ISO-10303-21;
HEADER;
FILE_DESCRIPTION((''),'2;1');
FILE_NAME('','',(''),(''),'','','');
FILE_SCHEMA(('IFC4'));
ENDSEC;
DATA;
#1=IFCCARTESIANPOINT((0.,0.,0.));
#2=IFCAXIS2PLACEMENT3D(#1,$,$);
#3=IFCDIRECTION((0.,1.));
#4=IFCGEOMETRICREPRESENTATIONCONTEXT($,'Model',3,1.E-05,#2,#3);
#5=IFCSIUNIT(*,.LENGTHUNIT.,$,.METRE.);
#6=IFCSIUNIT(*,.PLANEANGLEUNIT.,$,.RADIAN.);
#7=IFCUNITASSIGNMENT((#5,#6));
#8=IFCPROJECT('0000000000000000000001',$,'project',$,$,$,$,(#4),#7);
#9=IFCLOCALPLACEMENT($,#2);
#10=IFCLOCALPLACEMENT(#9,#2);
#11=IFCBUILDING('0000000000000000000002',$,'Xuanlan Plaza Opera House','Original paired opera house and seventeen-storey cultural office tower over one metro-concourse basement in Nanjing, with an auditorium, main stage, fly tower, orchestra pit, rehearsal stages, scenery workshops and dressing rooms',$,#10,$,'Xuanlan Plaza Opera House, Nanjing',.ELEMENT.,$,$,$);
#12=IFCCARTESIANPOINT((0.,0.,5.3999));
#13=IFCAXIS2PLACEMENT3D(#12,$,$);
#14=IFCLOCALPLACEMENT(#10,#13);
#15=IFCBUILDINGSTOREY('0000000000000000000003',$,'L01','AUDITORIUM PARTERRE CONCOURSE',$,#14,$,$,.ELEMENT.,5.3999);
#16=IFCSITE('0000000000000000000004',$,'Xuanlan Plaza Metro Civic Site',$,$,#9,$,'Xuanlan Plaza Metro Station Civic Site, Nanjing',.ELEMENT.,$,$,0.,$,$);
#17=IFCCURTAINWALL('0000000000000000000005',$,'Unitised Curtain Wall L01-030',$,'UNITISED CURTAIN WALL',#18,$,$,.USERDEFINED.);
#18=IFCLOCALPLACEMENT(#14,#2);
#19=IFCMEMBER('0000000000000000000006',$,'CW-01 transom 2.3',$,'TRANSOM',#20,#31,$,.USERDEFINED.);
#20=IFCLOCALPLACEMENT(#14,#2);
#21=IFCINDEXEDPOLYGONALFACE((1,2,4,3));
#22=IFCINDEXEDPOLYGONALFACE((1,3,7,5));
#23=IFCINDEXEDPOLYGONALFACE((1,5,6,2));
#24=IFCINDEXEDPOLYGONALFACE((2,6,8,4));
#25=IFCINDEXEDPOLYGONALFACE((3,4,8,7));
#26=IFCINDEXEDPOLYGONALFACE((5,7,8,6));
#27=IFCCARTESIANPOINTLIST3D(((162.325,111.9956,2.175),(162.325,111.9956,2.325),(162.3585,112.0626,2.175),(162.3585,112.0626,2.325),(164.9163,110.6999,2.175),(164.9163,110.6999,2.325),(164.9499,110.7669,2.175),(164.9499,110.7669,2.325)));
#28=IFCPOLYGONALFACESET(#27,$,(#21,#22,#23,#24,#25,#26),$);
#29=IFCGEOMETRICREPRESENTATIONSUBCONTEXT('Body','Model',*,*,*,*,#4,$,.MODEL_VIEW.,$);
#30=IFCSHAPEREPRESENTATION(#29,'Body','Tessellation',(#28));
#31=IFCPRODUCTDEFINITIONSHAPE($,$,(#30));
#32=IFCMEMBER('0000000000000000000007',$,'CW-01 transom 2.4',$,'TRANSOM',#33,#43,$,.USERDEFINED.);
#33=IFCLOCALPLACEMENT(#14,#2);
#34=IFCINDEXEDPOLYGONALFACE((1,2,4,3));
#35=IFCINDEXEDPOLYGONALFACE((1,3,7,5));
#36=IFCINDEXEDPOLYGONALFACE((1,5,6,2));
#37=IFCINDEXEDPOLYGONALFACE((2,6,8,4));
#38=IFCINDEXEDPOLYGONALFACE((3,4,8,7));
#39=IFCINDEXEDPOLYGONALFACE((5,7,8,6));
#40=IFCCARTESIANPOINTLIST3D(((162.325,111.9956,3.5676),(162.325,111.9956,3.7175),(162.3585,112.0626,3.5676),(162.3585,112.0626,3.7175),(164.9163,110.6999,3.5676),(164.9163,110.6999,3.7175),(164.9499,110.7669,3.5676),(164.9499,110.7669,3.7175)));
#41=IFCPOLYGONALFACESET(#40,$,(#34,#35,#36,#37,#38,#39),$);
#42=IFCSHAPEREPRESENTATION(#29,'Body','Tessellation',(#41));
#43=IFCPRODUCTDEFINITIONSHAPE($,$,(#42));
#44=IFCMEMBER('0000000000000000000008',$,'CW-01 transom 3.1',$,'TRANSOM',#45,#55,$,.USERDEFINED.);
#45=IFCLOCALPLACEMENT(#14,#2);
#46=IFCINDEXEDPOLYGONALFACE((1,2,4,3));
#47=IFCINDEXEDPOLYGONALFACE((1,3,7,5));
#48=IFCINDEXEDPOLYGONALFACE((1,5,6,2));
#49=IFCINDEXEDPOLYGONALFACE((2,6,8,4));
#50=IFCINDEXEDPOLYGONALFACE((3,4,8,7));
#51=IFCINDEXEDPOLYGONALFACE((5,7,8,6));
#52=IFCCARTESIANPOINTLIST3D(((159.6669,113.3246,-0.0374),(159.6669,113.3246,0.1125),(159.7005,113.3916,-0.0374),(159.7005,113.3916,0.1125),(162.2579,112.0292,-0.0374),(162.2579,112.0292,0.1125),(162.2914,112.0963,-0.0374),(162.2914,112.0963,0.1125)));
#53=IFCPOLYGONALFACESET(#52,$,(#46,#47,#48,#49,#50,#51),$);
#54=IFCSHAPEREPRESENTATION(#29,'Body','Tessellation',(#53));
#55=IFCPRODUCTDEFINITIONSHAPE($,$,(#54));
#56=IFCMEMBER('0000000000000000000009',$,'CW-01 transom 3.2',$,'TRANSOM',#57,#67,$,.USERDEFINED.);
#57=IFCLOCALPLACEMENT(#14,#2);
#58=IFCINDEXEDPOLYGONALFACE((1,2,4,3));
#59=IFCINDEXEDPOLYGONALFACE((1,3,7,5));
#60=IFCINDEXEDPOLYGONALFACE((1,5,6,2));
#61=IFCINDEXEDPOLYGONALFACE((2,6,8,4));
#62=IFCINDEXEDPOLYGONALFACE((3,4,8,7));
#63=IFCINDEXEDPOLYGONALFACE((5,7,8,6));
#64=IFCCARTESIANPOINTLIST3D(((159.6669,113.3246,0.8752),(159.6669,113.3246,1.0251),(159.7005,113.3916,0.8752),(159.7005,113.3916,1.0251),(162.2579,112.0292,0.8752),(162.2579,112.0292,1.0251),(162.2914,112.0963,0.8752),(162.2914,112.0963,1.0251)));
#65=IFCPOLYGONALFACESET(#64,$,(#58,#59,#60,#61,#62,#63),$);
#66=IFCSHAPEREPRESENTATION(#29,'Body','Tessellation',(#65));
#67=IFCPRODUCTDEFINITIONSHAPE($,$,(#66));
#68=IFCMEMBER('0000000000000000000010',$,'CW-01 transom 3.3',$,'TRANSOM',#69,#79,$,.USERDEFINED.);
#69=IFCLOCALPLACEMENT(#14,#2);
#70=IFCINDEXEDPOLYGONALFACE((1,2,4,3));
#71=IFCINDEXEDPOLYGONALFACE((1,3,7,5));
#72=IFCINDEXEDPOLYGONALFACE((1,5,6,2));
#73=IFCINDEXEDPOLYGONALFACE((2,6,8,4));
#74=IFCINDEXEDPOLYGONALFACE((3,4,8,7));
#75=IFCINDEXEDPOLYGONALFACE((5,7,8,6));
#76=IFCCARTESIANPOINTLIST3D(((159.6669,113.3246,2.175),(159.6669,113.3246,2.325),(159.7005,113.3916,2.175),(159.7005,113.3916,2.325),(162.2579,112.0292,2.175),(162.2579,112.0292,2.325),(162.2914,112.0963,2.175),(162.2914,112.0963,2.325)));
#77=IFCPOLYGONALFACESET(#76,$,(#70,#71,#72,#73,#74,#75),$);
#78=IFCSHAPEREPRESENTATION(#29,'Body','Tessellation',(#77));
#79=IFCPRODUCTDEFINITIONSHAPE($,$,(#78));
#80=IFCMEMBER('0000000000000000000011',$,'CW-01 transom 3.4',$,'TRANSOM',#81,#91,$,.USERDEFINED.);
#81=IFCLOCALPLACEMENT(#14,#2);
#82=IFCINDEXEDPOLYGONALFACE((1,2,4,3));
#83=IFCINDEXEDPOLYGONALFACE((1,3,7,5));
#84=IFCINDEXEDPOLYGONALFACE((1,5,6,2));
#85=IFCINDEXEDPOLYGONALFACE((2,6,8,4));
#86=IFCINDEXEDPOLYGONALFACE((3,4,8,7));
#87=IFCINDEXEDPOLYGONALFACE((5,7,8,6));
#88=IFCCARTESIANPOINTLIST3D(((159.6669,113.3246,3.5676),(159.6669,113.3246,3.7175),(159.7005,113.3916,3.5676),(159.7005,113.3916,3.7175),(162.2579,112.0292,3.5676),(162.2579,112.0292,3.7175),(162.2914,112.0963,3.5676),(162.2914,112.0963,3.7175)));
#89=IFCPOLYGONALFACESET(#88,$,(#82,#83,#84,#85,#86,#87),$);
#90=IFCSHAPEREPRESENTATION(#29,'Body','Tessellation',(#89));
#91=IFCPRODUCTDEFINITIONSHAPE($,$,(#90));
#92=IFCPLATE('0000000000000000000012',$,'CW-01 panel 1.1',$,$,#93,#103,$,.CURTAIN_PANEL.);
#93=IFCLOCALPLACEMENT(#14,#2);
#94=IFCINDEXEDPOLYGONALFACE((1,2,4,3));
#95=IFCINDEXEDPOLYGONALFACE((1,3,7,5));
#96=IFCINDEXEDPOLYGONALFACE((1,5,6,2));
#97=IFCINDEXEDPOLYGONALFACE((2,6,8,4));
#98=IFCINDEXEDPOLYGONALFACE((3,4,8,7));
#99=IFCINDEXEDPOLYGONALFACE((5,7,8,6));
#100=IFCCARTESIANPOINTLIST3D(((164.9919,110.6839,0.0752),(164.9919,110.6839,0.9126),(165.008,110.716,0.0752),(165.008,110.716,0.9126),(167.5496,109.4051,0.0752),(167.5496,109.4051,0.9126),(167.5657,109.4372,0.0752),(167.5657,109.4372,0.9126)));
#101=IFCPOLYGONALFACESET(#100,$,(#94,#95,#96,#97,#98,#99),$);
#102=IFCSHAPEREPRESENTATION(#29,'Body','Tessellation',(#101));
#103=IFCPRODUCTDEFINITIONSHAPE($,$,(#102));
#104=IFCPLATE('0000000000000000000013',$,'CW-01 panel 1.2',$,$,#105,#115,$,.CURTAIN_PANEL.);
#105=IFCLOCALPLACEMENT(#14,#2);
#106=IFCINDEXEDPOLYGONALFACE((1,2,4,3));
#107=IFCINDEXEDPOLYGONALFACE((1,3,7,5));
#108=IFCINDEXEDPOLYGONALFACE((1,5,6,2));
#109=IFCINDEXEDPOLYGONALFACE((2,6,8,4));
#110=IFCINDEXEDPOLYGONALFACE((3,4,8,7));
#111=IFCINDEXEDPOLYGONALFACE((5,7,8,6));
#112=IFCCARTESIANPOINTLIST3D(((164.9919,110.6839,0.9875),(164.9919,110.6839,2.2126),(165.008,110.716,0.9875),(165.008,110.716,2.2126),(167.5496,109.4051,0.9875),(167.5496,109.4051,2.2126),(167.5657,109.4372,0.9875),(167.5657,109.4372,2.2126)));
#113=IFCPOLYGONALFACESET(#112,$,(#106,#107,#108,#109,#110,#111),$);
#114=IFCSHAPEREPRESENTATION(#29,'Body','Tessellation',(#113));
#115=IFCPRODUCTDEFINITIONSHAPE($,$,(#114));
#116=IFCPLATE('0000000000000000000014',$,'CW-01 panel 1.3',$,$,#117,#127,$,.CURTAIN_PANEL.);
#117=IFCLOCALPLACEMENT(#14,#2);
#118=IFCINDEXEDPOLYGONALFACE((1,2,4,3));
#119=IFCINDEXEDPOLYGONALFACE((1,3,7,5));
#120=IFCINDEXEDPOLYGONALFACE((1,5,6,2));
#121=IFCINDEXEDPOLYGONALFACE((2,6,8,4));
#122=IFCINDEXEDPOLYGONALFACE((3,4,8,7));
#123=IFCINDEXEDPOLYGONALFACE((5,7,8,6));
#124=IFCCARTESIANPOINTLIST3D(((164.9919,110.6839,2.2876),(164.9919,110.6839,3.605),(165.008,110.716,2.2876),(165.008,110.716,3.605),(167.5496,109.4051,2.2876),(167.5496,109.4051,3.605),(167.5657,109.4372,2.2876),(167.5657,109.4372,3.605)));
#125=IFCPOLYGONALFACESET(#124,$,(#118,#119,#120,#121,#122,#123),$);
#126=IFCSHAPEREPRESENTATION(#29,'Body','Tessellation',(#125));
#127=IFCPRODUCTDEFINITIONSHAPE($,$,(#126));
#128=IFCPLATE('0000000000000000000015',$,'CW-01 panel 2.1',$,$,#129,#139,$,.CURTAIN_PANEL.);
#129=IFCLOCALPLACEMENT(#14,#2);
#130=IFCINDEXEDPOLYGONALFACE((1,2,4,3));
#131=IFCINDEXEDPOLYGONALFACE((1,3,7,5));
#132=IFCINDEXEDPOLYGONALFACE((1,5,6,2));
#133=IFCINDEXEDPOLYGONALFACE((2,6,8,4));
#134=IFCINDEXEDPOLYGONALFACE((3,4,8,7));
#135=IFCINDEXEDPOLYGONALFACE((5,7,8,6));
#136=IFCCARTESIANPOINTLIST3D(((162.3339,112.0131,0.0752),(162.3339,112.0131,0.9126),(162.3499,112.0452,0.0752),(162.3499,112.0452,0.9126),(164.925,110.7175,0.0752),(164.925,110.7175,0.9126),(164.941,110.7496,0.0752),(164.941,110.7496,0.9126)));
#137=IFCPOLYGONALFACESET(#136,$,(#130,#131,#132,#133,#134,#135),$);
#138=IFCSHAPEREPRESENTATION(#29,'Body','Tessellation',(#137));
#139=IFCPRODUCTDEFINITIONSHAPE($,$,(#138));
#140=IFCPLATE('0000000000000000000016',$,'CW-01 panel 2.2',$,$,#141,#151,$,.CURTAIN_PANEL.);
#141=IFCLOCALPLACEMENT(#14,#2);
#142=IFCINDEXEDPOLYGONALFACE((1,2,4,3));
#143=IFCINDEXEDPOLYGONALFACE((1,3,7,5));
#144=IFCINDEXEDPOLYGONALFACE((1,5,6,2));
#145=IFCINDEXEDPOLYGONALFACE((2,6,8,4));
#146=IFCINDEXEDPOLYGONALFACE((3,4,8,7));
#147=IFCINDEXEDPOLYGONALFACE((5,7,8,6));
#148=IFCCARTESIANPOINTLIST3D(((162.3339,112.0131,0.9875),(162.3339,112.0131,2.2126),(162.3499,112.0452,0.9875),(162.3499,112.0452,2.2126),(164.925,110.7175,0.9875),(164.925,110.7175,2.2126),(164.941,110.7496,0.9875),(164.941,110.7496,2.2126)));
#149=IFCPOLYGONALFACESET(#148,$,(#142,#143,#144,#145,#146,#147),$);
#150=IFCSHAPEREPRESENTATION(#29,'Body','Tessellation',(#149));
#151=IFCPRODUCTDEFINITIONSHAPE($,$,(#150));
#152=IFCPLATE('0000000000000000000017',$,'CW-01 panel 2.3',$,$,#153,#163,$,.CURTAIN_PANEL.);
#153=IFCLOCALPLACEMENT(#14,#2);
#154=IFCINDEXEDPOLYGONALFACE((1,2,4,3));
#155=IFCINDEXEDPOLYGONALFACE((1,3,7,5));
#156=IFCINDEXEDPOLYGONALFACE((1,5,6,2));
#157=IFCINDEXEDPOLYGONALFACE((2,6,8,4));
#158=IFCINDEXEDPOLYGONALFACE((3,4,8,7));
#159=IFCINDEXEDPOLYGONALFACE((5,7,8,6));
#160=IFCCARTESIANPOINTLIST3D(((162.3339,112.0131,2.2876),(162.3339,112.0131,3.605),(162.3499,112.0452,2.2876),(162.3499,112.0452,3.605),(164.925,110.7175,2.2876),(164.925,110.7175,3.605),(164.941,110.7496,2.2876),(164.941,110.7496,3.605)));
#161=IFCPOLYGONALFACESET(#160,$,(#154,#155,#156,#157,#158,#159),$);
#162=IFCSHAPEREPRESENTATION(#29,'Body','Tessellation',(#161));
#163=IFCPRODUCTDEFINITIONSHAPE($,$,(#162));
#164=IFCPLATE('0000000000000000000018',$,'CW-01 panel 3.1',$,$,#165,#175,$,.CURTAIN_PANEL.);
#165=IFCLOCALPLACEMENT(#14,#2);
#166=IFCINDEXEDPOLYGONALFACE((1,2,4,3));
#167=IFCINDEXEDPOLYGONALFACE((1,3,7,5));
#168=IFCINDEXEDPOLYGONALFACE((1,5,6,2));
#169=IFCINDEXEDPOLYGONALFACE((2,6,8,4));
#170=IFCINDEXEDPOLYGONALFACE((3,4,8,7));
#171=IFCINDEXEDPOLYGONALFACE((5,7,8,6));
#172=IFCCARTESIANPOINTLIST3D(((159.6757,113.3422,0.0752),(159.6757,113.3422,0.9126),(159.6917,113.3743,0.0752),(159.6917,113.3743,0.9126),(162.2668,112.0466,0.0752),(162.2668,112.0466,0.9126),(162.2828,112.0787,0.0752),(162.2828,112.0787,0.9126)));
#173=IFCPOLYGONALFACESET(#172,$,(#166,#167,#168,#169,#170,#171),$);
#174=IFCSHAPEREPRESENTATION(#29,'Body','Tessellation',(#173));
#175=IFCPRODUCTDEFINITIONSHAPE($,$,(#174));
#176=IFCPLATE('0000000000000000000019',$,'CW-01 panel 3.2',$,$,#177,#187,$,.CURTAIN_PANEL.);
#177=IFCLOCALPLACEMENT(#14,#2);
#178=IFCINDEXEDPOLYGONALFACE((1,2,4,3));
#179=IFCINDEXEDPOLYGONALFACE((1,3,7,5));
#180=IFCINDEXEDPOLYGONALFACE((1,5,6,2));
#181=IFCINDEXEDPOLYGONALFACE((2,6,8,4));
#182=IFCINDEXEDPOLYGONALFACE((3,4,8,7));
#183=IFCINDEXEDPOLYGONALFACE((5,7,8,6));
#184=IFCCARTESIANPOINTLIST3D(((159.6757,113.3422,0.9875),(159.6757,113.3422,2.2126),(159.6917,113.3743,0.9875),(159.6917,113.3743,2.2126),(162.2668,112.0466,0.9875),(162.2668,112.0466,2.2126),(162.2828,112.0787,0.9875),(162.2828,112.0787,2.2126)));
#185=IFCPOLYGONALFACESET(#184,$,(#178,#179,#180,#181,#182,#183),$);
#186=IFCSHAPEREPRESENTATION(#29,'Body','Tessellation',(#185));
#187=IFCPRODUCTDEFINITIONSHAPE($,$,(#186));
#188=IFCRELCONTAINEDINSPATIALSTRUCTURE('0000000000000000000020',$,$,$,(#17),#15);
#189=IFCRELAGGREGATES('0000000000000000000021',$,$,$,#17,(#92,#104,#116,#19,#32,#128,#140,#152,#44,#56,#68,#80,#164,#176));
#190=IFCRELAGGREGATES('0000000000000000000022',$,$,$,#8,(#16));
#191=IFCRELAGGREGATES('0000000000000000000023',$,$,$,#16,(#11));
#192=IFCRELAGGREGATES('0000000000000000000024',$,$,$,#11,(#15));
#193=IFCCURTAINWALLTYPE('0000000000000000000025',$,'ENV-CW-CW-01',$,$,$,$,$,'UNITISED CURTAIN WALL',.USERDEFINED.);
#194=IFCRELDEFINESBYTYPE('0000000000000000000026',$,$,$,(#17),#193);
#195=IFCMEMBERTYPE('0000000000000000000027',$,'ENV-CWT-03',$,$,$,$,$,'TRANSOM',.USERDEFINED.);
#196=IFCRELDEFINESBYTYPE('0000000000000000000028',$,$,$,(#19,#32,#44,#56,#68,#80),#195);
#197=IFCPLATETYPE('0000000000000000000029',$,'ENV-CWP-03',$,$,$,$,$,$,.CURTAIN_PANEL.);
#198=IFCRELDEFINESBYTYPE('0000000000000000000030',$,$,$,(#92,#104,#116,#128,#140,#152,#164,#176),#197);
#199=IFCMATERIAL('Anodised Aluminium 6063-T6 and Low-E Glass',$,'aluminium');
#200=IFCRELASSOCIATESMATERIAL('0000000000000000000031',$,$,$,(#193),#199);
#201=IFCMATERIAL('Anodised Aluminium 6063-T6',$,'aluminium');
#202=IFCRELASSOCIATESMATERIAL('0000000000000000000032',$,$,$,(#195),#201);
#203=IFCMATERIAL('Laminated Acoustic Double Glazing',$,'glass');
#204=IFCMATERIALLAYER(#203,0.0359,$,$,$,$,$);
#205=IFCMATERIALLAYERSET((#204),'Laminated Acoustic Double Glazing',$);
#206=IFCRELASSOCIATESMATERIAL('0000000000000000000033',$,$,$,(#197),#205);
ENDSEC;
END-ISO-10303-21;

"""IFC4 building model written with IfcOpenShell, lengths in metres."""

from ifc_helpers import new_model, si_unit, direction, frame, origin, origin_2d, place, context, subcontext, project, spatial, rectangle, extrude, material, layer, layer_set, material_profile, profile_set, type_object, element, aggregate, save


model = new_model("IFC4")

# Units and contexts
model_context = context("Model", 3, precision=1e-05, world=origin(), true_north=direction((0.0, 1.0)))
body_context = subcontext(model_context, "Body", "Model", "MODEL_VIEW")
ifc_project = project(units=[si_unit("LENGTHUNIT", "METRE"), si_unit("PLANEANGLEUNIT", "RADIAN")], contexts=[model_context])

# Site, building, storey
site_placement = place(None, origin())
site = spatial("IfcSite", under=ifc_project, at=site_placement, Name="Xuanlan Plaza Metro Civic Site", LongName="Xuanlan Plaza Metro Station Civic Site, Nanjing", CompositionType="ELEMENT", RefElevation=0.0)
building_placement = place(site_placement, origin())
building = spatial("IfcBuilding", under=site, at=building_placement, Name="Xuanlan Plaza Opera House", Description="Original paired opera house and seventeen-storey cultural office tower over one metro-concourse basement in Nanjing, with an auditorium, main stage, fly tower, orchestra pit, rehearsal stages, scenery workshops and dressing rooms", LongName="Xuanlan Plaza Opera House, Nanjing", CompositionType="ELEMENT")
storey_placement = place(building_placement, frame((0.0, 0.0, 5.3999)))
storey = spatial("IfcBuildingStorey", under=building, at=storey_placement, Name="L01", Description="AUDITORIUM PARTERRE CONCOURSE", CompositionType="ELEMENT", Elevation=5.3999)

# Shared definitions
ifc_material_1 = material(Name="Anodised Aluminium 6063-T6 and Low-E Glass", Category="aluminium")
ifc_material_2 = material(Name="Anodised Aluminium 6063-T6", Category="aluminium")

# Curtain wall
curtain_wall_type_1 = type_object("IfcCurtainWallType", Name="ENV-CW-CW-01", ElementType="UNITISED CURTAIN WALL", PredefinedType="USERDEFINED", material=ifc_material_1)
curtain_wall_1_placement = place(storey_placement, origin())
curtain_wall_1 = element("IfcCurtainWall", 1, at=curtain_wall_1_placement, inside=storey, type_object=curtain_wall_type_1, Name="Unitised Curtain Wall L01-030", ObjectType="UNITISED CURTAIN WALL", PredefinedType="USERDEFINED")

# Members
ifc_material_profile_1 = material_profile(ifc_material_2, rectangle(XDim=0.075, YDim=0.1499, at=origin_2d()), Name="ALU-T 75x150")
ifc_profile_set_1 = profile_set([ifc_material_profile_1], Name="Anodised Aluminium 6063-T6")
member_type_1 = type_object("IfcMemberType", Name="ENV-CWT-03", ElementType="TRANSOM", PredefinedType="USERDEFINED", material=ifc_profile_set_1)
member_1_placement = place(storey_placement, frame((164.9331, 110.7334, 2.25), z_axis=(-0.894427, 0.447214, 0.0), x_axis=(-0.447214, -0.894427, 0.0)))
member_1 = element("IfcMember", 2, at=member_1_placement, type_object=member_type_1, Name="CW-01 transom 2.3", ObjectType="TRANSOM", PredefinedType="USERDEFINED", context=body_context, shape_type="SweptSolid", body=[
    extrude(rectangle(XDim=0.075, YDim=0.1499, at=origin_2d()), origin(), (0.0, 0.0, 1.0), 2.8972),
])
member_2_placement = place(storey_placement, frame((164.9331, 110.7334, 3.6426), z_axis=(-0.894427, 0.447214, 0.0), x_axis=(-0.447214, -0.894427, 0.0)))
member_2 = element("IfcMember", 3, at=member_2_placement, type_object=member_type_1, Name="CW-01 transom 2.4", ObjectType="TRANSOM", PredefinedType="USERDEFINED", context=body_context, shape_type="SweptSolid", body=[
    extrude(rectangle(XDim=0.075, YDim=0.1499, at=origin_2d()), origin(), (0.0, 0.0, 1.0), 2.8972),
])
member_3_placement = place(storey_placement, frame((162.2747, 112.0627, 0.0376), z_axis=(-0.894444, 0.44718, 0.0), x_axis=(-0.44718, -0.894444, 0.0)))
member_3 = element("IfcMember", 4, at=member_3_placement, type_object=member_type_1, Name="CW-01 transom 3.1", ObjectType="TRANSOM", PredefinedType="USERDEFINED", context=body_context, shape_type="SweptSolid", body=[
    extrude(rectangle(XDim=0.075, YDim=0.1499, at=origin_2d()), origin(), (0.0, 0.0, 1.0), 2.8967),
])
member_4_placement = place(storey_placement, frame((162.2747, 112.0627, 0.9502), z_axis=(-0.894444, 0.44718, 0.0), x_axis=(-0.44718, -0.894444, 0.0)))
member_4 = element("IfcMember", 5, at=member_4_placement, type_object=member_type_1, Name="CW-01 transom 3.2", ObjectType="TRANSOM", PredefinedType="USERDEFINED", context=body_context, shape_type="SweptSolid", body=[
    extrude(rectangle(XDim=0.075, YDim=0.1499, at=origin_2d()), origin(), (0.0, 0.0, 1.0), 2.8967),
])
member_5_placement = place(storey_placement, frame((162.2747, 112.0627, 2.25), z_axis=(-0.894444, 0.44718, 0.0), x_axis=(-0.44718, -0.894444, 0.0)))
member_5 = element("IfcMember", 6, at=member_5_placement, type_object=member_type_1, Name="CW-01 transom 3.3", ObjectType="TRANSOM", PredefinedType="USERDEFINED", context=body_context, shape_type="SweptSolid", body=[
    extrude(rectangle(XDim=0.075, YDim=0.1499, at=origin_2d()), origin(), (0.0, 0.0, 1.0), 2.8967),
])
member_6_placement = place(storey_placement, frame((162.2747, 112.0627, 3.6426), z_axis=(-0.894444, 0.44718, 0.0), x_axis=(-0.44718, -0.894444, 0.0)))
member_6 = element("IfcMember", 7, at=member_6_placement, type_object=member_type_1, Name="CW-01 transom 3.4", ObjectType="TRANSOM", PredefinedType="USERDEFINED", context=body_context, shape_type="SweptSolid", body=[
    extrude(rectangle(XDim=0.075, YDim=0.1499, at=origin_2d()), origin(), (0.0, 0.0, 1.0), 2.8967),
])

# Plates
ifc_material_3 = material(Name="Laminated Acoustic Double Glazing", Category="glass")
ifc_layer_1 = layer(ifc_material_3, 0.0359)
ifc_layer_set_1 = layer_set([ifc_layer_1], Name="Laminated Acoustic Double Glazing")
plate_type_1 = type_object("IfcPlateType", Name="ENV-CWP-03", PredefinedType="CURTAIN_PANEL", material=ifc_layer_set_1)
plate_1_placement = place(storey_placement, frame((166.2788, 110.0605, 0.0752), z_axis=(0.0, 0.0, 1.0), x_axis=(-0.894427, 0.447214, 0.0)))
plate_1 = element("IfcPlate", 8, at=plate_1_placement, type_object=plate_type_1, Name="CW-01 panel 1.1", PredefinedType="CURTAIN_PANEL", context=body_context, shape_type="SweptSolid", body=[
    extrude(rectangle(XDim=2.8596, YDim=0.0359, at=origin_2d()), origin(), (0.0, 0.0, 1.0), 0.8374),
])
plate_2_placement = place(storey_placement, frame((166.2788, 110.0605, 0.9875), z_axis=(0.0, 0.0, 1.0), x_axis=(-0.894427, 0.447214, 0.0)))
plate_2 = element("IfcPlate", 9, at=plate_2_placement, type_object=plate_type_1, Name="CW-01 panel 1.2", PredefinedType="CURTAIN_PANEL", context=body_context, shape_type="SweptSolid", body=[
    extrude(rectangle(XDim=2.8596, YDim=0.0359, at=origin_2d()), origin(), (0.0, 0.0, 1.0), 1.2251),
])
plate_3_placement = place(storey_placement, frame((166.2788, 110.0605, 2.2876), z_axis=(0.0, 0.0, 1.0), x_axis=(-0.894427, 0.447214, 0.0)))
plate_3 = element("IfcPlate", 10, at=plate_3_placement, type_object=plate_type_1, Name="CW-01 panel 1.3", PredefinedType="CURTAIN_PANEL", context=body_context, shape_type="SweptSolid", body=[
    extrude(rectangle(XDim=2.8596, YDim=0.0359, at=origin_2d()), origin(), (0.0, 0.0, 1.0), 1.3174),
])
plate_4_placement = place(storey_placement, frame((163.6375, 111.3813, 0.0752), z_axis=(0.0, 0.0, 1.0), x_axis=(-0.894427, 0.447214, 0.0)))
plate_4 = element("IfcPlate", 11, at=plate_4_placement, type_object=plate_type_1, Name="CW-01 panel 2.1", PredefinedType="CURTAIN_PANEL", context=body_context, shape_type="SweptSolid", body=[
    extrude(rectangle(XDim=2.897, YDim=0.0359, at=origin_2d()), origin(), (0.0, 0.0, 1.0), 0.8374),
])
plate_5_placement = place(storey_placement, frame((163.6375, 111.3813, 0.9875), z_axis=(0.0, 0.0, 1.0), x_axis=(-0.894427, 0.447214, 0.0)))
plate_5 = element("IfcPlate", 12, at=plate_5_placement, type_object=plate_type_1, Name="CW-01 panel 2.2", PredefinedType="CURTAIN_PANEL", context=body_context, shape_type="SweptSolid", body=[
    extrude(rectangle(XDim=2.897, YDim=0.0359, at=origin_2d()), origin(), (0.0, 0.0, 1.0), 1.2251),
])
plate_6_placement = place(storey_placement, frame((163.6375, 111.3813, 2.2876), z_axis=(0.0, 0.0, 1.0), x_axis=(-0.894427, 0.447214, 0.0)))
plate_6 = element("IfcPlate", 13, at=plate_6_placement, type_object=plate_type_1, Name="CW-01 panel 2.3", PredefinedType="CURTAIN_PANEL", context=body_context, shape_type="SweptSolid", body=[
    extrude(rectangle(XDim=2.897, YDim=0.0359, at=origin_2d()), origin(), (0.0, 0.0, 1.0), 1.3174),
])
plate_7_placement = place(storey_placement, frame((160.9792, 112.7104, 0.0752), z_axis=(0.0, 0.0, 1.0), x_axis=(-0.894427, 0.447214, 0.0)))
plate_7 = element("IfcPlate", 14, at=plate_7_placement, type_object=plate_type_1, Name="CW-01 panel 3.1", PredefinedType="CURTAIN_PANEL", context=body_context, shape_type="SweptSolid", body=[
    extrude(rectangle(XDim=2.897, YDim=0.0359, at=origin_2d()), origin(), (0.0, 0.0, 1.0), 0.8374),
])
plate_8_placement = place(storey_placement, frame((160.9792, 112.7104, 0.9875), z_axis=(0.0, 0.0, 1.0), x_axis=(-0.894427, 0.447214, 0.0)))
plate_8 = element("IfcPlate", 15, at=plate_8_placement, type_object=plate_type_1, Name="CW-01 panel 3.2", PredefinedType="CURTAIN_PANEL", context=body_context, shape_type="SweptSolid", body=[
    extrude(rectangle(XDim=2.897, YDim=0.0359, at=origin_2d()), origin(), (0.0, 0.0, 1.0), 1.2251),
])
aggregate(curtain_wall_1, [plate_1, plate_2, plate_3, member_1, member_2, plate_4, plate_5, plate_6, member_3, member_4, member_5, member_6, plate_7, plate_8])

save(model, "model.ifc")
